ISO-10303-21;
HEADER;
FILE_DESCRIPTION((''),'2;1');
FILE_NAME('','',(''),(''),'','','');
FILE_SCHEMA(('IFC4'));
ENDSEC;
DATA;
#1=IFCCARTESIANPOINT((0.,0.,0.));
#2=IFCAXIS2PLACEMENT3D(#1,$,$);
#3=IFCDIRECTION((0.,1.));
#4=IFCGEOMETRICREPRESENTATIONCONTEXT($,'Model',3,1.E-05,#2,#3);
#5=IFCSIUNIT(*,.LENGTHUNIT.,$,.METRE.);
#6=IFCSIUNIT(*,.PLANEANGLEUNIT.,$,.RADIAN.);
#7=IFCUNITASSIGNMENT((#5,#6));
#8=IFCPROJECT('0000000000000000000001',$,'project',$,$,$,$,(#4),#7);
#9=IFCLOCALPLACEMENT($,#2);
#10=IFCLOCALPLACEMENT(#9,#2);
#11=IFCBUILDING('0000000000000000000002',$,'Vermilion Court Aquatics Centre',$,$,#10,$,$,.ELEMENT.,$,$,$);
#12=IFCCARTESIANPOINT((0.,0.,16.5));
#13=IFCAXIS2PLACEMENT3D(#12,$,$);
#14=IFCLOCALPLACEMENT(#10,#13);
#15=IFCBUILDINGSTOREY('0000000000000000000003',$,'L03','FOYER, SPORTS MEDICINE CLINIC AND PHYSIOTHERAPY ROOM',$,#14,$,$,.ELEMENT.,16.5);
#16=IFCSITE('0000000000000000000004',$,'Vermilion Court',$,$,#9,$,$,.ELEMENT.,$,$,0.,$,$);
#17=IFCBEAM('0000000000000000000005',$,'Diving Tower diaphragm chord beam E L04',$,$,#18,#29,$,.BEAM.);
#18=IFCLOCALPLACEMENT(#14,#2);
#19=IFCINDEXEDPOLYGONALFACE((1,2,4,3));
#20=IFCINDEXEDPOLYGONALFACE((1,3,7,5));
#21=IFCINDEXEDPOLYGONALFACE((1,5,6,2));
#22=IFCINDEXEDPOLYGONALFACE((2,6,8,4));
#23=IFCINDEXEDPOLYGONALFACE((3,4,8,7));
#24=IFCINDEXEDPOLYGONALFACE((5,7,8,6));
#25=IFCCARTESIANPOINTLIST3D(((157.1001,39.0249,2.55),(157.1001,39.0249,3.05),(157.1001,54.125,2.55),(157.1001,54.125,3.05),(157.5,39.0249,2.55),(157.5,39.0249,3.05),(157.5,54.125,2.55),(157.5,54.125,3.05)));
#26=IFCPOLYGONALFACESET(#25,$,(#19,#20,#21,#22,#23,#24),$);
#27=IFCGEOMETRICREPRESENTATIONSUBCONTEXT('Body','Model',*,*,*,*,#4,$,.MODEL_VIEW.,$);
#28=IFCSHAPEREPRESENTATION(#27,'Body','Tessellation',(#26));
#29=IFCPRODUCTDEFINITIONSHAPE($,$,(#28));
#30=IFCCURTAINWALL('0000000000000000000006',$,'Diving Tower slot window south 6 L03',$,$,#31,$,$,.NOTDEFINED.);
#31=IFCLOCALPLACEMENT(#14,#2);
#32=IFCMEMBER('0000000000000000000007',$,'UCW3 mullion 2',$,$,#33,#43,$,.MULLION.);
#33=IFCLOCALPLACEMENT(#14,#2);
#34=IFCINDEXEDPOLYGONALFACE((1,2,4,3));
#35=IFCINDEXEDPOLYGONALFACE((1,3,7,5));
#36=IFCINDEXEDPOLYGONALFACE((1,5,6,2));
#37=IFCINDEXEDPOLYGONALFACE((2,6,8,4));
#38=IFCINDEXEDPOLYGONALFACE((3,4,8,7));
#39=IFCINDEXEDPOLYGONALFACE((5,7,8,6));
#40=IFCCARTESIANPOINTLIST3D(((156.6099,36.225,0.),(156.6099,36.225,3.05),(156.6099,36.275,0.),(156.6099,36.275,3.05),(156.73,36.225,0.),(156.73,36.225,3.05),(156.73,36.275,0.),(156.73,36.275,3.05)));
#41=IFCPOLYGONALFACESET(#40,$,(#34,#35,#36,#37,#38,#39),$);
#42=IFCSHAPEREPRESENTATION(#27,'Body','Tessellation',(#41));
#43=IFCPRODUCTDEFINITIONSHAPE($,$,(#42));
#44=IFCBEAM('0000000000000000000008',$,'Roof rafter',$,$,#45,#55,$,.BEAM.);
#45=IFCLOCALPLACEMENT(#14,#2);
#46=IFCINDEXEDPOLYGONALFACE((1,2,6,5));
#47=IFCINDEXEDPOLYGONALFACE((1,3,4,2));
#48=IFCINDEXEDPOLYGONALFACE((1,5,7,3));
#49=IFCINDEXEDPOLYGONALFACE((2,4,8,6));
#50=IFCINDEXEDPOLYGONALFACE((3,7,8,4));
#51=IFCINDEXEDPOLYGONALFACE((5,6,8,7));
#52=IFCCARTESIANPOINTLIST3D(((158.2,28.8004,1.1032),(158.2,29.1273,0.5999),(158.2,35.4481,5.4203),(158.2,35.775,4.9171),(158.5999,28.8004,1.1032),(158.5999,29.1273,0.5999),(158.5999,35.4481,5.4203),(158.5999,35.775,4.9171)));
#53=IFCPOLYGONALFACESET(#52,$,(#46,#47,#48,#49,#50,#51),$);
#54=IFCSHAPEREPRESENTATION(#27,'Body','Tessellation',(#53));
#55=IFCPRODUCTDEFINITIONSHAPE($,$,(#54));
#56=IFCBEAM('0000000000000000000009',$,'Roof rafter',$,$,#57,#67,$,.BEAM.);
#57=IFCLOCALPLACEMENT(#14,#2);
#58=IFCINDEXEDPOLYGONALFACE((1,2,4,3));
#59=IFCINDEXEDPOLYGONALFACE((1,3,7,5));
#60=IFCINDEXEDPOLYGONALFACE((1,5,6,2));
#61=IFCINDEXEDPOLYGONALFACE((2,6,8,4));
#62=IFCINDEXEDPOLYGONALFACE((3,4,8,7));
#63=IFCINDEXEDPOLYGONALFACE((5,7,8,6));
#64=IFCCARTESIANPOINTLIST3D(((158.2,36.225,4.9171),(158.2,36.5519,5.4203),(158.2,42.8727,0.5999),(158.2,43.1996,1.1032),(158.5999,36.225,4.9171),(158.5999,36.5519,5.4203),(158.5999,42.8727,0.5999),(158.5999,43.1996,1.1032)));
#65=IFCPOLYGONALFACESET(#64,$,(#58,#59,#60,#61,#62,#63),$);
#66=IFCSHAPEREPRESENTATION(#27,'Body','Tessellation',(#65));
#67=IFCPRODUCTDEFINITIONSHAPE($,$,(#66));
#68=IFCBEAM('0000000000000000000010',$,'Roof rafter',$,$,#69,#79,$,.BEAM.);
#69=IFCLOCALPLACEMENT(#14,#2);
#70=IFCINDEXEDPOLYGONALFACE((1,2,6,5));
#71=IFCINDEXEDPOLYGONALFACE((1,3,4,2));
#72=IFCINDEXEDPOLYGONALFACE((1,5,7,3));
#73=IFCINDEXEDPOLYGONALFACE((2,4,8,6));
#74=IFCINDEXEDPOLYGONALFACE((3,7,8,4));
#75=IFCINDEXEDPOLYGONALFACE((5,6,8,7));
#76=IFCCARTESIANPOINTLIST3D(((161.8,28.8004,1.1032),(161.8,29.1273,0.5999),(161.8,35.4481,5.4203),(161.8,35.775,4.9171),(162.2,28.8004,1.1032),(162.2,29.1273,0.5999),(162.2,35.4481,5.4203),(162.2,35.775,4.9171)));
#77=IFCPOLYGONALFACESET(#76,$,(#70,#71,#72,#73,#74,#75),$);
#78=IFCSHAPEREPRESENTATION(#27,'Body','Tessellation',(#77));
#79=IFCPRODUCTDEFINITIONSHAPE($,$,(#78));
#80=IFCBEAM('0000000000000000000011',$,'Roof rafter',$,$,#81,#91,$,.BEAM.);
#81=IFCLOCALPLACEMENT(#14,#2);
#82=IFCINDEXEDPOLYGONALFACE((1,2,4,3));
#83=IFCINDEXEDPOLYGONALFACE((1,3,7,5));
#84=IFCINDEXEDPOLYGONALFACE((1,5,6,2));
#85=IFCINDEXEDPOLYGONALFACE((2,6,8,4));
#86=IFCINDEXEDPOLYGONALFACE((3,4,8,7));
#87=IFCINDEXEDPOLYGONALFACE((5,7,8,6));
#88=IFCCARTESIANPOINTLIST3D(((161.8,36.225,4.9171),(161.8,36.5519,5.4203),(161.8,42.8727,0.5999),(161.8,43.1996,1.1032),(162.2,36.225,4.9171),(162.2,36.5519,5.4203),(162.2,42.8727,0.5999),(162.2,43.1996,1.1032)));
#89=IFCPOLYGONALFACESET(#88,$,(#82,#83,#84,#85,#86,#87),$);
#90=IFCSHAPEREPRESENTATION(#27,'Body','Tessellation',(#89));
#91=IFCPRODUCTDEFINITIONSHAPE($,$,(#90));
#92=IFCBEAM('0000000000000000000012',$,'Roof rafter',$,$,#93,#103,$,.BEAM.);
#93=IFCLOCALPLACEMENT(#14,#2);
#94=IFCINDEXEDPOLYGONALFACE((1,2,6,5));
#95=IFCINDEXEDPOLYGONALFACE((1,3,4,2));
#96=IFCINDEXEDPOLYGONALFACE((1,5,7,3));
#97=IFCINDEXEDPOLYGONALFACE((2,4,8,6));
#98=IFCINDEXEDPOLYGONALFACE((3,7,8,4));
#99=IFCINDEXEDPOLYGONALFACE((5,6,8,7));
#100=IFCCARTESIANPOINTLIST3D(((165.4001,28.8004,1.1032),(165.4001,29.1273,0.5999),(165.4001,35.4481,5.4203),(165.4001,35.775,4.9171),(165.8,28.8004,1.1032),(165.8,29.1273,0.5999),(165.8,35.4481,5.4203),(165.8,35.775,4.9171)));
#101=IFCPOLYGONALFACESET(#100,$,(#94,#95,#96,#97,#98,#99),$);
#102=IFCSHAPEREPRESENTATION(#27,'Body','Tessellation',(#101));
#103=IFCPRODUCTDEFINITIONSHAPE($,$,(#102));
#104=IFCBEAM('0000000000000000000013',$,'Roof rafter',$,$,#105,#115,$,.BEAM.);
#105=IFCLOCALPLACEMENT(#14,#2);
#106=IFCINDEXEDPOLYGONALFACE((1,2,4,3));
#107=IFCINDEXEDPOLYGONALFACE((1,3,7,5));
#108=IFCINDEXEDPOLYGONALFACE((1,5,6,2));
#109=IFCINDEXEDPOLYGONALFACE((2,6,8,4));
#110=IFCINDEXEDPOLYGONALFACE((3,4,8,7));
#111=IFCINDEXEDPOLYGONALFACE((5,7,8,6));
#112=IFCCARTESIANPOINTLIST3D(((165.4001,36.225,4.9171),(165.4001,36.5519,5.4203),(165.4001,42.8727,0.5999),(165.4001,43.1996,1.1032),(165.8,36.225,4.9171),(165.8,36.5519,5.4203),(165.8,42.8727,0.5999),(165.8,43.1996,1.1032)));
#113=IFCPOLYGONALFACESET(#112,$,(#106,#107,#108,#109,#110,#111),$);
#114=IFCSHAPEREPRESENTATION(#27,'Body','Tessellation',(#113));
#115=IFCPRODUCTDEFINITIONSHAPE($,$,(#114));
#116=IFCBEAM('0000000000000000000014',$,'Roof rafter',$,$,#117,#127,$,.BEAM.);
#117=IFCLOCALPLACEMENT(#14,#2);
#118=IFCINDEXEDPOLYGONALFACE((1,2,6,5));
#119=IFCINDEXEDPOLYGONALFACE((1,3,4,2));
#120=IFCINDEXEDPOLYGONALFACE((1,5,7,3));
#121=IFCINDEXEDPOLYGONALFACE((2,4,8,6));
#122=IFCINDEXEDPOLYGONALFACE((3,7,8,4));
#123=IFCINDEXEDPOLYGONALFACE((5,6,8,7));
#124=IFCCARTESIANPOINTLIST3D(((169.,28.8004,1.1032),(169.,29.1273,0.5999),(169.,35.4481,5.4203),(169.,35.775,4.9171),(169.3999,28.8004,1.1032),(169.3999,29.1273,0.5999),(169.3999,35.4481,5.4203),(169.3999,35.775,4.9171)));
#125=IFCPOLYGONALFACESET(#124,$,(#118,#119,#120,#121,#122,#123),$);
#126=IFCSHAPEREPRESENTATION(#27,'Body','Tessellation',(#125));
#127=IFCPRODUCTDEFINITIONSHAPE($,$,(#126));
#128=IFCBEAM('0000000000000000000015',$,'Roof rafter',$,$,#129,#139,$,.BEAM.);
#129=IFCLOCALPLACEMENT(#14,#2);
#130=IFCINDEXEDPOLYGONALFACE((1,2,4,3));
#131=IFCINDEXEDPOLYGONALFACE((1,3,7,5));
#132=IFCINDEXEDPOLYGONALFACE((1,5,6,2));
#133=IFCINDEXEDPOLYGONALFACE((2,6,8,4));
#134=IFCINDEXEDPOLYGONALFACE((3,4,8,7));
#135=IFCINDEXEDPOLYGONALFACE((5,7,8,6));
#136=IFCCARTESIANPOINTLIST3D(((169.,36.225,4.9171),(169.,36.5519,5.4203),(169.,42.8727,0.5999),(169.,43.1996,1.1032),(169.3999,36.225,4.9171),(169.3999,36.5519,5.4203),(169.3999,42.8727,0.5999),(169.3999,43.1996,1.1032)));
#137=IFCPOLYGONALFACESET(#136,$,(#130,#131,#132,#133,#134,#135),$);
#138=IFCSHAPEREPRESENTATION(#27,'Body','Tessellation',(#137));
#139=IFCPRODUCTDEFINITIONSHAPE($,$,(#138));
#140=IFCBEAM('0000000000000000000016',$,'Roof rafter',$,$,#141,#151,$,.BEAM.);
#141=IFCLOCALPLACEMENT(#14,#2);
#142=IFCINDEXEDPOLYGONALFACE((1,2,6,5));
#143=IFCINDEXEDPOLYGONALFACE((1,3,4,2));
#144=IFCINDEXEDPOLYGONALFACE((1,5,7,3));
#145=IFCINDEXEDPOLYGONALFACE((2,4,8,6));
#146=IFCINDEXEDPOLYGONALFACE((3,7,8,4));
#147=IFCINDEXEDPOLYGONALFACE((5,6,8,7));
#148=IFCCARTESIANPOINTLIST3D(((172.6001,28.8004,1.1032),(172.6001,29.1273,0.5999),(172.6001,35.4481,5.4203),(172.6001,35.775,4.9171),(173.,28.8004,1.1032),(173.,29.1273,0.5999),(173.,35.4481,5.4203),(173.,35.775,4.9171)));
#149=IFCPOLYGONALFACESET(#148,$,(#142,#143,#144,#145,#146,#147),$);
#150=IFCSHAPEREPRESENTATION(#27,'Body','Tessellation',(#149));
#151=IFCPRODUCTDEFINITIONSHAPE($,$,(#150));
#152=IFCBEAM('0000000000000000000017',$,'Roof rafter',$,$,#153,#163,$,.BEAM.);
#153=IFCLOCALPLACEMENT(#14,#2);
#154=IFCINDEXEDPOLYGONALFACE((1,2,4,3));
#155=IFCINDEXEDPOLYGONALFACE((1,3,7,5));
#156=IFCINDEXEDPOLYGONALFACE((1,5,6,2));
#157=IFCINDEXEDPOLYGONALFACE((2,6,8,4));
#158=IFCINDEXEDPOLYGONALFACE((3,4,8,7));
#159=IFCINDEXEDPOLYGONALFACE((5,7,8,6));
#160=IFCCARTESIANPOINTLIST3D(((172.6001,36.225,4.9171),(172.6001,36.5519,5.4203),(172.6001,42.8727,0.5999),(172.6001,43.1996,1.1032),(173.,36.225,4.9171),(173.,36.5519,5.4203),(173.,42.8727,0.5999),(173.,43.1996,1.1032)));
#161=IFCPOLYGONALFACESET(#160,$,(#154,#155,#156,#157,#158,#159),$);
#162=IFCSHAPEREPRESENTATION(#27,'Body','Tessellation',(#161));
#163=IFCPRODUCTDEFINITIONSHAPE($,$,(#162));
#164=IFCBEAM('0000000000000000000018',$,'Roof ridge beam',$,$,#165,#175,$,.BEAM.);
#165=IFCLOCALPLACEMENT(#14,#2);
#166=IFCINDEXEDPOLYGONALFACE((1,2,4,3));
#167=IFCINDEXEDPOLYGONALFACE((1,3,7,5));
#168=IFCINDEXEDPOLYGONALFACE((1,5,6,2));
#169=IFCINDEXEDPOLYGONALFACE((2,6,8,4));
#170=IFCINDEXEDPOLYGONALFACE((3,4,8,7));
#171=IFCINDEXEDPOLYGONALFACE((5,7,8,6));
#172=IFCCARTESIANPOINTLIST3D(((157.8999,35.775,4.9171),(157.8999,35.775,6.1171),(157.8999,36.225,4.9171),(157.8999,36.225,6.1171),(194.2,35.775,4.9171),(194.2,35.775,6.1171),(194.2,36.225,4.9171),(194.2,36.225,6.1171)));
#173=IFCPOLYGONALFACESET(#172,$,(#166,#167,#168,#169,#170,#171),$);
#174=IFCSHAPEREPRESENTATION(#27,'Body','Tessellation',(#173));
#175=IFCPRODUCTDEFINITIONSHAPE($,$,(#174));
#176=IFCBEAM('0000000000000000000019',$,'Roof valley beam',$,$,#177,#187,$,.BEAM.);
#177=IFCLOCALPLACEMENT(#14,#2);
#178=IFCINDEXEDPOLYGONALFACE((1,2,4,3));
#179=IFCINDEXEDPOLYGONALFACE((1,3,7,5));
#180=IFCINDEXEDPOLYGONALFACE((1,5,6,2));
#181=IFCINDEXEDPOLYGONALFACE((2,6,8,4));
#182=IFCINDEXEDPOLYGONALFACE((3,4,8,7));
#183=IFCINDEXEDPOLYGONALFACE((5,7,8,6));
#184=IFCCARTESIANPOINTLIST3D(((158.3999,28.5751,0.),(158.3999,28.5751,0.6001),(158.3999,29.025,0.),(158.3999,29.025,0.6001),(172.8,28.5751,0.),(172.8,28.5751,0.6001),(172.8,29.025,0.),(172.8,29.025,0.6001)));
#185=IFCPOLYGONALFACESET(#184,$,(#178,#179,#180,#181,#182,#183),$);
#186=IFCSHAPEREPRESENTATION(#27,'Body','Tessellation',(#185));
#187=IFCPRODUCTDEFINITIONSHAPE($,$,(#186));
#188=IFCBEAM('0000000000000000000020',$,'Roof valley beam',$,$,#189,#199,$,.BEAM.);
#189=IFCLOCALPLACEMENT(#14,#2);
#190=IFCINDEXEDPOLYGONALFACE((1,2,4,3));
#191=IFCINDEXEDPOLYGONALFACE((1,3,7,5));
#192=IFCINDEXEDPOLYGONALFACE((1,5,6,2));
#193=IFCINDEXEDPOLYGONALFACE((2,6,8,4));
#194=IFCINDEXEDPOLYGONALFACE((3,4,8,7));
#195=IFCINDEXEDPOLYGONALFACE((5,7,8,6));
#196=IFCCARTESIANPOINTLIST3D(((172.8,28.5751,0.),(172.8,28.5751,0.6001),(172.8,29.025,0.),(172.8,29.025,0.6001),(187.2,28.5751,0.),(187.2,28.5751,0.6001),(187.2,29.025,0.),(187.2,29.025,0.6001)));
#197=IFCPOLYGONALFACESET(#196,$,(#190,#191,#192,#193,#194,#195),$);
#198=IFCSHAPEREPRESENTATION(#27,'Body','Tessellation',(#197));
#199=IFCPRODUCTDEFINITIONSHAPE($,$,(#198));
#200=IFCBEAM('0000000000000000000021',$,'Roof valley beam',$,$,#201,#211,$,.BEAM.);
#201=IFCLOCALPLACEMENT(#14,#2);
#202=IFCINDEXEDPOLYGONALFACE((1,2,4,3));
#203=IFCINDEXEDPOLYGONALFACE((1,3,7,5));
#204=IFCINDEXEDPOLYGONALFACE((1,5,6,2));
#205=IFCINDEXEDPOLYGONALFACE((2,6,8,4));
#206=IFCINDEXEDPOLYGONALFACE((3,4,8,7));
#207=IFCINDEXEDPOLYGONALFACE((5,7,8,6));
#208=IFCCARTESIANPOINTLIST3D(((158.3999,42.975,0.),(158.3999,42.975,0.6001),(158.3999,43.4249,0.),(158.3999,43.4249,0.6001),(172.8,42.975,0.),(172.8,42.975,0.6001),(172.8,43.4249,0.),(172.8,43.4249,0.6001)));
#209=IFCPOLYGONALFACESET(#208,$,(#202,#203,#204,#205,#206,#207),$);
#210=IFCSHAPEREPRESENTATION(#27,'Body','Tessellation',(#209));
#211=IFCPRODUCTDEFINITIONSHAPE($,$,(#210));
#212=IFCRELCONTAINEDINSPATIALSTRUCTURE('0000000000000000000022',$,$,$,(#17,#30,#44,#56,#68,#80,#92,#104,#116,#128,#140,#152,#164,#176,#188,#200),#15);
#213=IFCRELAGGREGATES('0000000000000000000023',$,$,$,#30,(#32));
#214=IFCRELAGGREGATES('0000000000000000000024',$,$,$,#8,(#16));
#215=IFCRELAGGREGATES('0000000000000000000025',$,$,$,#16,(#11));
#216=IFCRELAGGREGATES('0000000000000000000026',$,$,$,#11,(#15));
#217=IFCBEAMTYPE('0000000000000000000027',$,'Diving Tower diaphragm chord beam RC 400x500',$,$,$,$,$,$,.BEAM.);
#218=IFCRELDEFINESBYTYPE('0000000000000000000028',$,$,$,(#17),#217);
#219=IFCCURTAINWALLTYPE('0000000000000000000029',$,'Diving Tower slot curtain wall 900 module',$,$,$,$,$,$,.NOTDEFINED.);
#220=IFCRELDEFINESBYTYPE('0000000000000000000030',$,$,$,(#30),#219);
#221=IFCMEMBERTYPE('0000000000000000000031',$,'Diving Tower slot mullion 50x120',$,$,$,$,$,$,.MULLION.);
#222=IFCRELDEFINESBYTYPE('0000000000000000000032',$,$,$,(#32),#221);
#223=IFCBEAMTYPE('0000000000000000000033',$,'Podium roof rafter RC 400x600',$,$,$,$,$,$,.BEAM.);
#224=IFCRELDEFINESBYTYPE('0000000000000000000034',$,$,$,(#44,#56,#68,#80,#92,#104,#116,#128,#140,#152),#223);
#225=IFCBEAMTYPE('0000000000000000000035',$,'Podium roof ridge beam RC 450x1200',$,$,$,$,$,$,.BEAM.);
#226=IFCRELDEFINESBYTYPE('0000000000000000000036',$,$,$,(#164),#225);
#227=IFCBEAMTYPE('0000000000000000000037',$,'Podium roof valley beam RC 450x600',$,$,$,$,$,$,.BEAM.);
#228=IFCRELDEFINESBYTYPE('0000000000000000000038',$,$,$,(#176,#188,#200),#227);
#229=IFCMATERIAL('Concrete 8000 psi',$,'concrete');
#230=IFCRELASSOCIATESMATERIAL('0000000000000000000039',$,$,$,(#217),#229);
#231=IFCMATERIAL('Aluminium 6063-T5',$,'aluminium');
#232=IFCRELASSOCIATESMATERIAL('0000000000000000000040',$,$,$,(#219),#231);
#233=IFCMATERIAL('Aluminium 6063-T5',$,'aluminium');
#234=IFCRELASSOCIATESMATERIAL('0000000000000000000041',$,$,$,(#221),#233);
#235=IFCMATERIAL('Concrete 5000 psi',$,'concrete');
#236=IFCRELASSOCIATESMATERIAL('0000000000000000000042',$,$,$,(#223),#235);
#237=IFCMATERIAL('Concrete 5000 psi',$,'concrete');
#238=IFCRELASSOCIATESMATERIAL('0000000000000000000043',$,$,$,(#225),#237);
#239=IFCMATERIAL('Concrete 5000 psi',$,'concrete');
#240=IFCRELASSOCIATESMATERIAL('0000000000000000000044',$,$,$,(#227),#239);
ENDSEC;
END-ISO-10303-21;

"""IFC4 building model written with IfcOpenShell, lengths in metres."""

from ifc_helpers import new_model, si_unit, direction, frame, origin, origin_2d, place, context, subcontext, project, spatial, rectangle, extrude, material, material_profile, profile_set, type_object, element, aggregate, save


model = new_model("IFC4")

# Units and contexts
model_context = context("Model", 3, precision=1e-05, world=origin(), true_north=direction((0.0, 1.0)))
body_context = subcontext(model_context, "Body", "Model", "MODEL_VIEW")
ifc_project = project(units=[si_unit("LENGTHUNIT", "METRE"), si_unit("PLANEANGLEUNIT", "RADIAN")], contexts=[model_context])

# Site, building, storey
site_placement = place(None, origin())
site = spatial("IfcSite", under=ifc_project, at=site_placement, Name="Vermilion Court", CompositionType="ELEMENT", RefElevation=0.0)
building_placement = place(site_placement, origin())
building = spatial("IfcBuilding", under=site, at=building_placement, Name="Vermilion Court Aquatics Centre", CompositionType="ELEMENT")
storey_placement = place(building_placement, frame((0.0, 0.0, 16.5)))
storey = spatial("IfcBuildingStorey", under=building, at=storey_placement, Name="L03", Description="FOYER, SPORTS MEDICINE CLINIC AND PHYSIOTHERAPY ROOM", CompositionType="ELEMENT", Elevation=16.5)

# Beam
ifc_material_1 = material(Name="Concrete 8000 psi", Category="concrete")
ifc_material_profile_1 = material_profile(ifc_material_1, rectangle(XDim=0.3999, YDim=0.5, at=origin_2d()), Name="RC 400x500")
ifc_profile_set_1 = profile_set([ifc_material_profile_1], Name="Concrete 8000 psi")
beam_type_1 = type_object("IfcBeamType", Name="Diving Tower diaphragm chord beam RC 400x500", PredefinedType="BEAM", material=ifc_profile_set_1)
beam_1_placement = place(storey_placement, frame((157.3, 39.0249, 2.8), z_axis=(0.0, 1.0, 0.0), x_axis=(-1.0, 0.0, 0.0)))
element("IfcBeam", 1, at=beam_1_placement, inside=storey, type_object=beam_type_1, Name="Diving Tower diaphragm chord beam E L04", PredefinedType="BEAM", context=body_context, shape_type="SweptSolid", body=[
    extrude(rectangle(XDim=0.3999, YDim=0.5, at=origin_2d()), origin(), (0.0, 0.0, 1.0), 15.1001),
])

# Curtain wall, member
ifc_material_2 = material(Name="Aluminium 6063-T5", Category="aluminium")
curtain_wall_type = type_object("IfcCurtainWallType", Name="Diving Tower slot curtain wall 900 module", PredefinedType="NOTDEFINED", material=ifc_material_2)
curtain_wall_placement = place(storey_placement, origin())
curtain_wall = element("IfcCurtainWall", 2, at=curtain_wall_placement, inside=storey, type_object=curtain_wall_type, Name="Diving Tower slot window south 6 L03", PredefinedType="NOTDEFINED")
ifc_material_3 = material(Name="Aluminium 6063-T5", Category="aluminium")
ifc_material_profile_2 = material_profile(ifc_material_3, rectangle(XDim=0.05, YDim=0.1201, at=origin_2d()), Name="AL 50x120")
ifc_profile_set_2 = profile_set([ifc_material_profile_2], Name="Aluminium 6063-T5")
member_type = type_object("IfcMemberType", Name="Diving Tower slot mullion 50x120", PredefinedType="MULLION", material=ifc_profile_set_2)
member_placement = place(storey_placement, frame((156.6699, 36.25, 0.0), z_axis=(0.0, 0.0, 1.0), x_axis=(0.0, 1.0, 0.0)))
member = element("IfcMember", 3, at=member_placement, type_object=member_type, Name="UCW3 mullion 2", PredefinedType="MULLION", context=body_context, shape_type="SweptSolid", body=[
    extrude(rectangle(XDim=0.05, YDim=0.1201, at=origin_2d()), origin(), (0.0, 0.0, 1.0), 3.05),
])

# Beams
ifc_material_4 = material(Name="Concrete 5000 psi", Category="concrete")
ifc_material_profile_3 = material_profile(ifc_material_4, rectangle(XDim=0.3999, YDim=0.6001, at=origin_2d()), Name="RC 400x600")
ifc_profile_set_3 = profile_set([ifc_material_profile_3], Name="Concrete 5000 psi")
beam_type_2 = type_object("IfcBeamType", Name="Podium roof rafter RC 400x600", PredefinedType="BEAM", material=ifc_profile_set_3)
for number, where, z_axis, x_axis, name in (
    (4, (158.3999, 28.9639, 0.8516), (0.0, 0.838667, 0.544645), (-1.0, 0.0, 0.0), "Roof rafter"),
    (5, (158.3999, 43.0361, 0.8516), (0.0, -0.838667, 0.544645), (1.0, 0.0, 0.0), "Roof rafter"),
    (6, (162.0, 28.9639, 0.8516), (0.0, 0.838667, 0.544645), (-1.0, 0.0, 0.0), "Roof rafter"),
    (7, (162.0, 43.0361, 0.8516), (0.0, -0.838667, 0.544645), (1.0, 0.0, 0.0), "Roof rafter"),
    (8, (165.6001, 28.9639, 0.8516), (0.0, 0.838667, 0.544645), (-1.0, 0.0, 0.0), "Roof rafter"),
    (9, (165.6001, 43.0361, 0.8516), (0.0, -0.838667, 0.544645), (1.0, 0.0, 0.0), "Roof rafter"),
    (10, (169.2, 28.9639, 0.8516), (0.0, 0.838667, 0.544645), (-1.0, 0.0, 0.0), "Roof rafter"),
    (11, (169.2, 43.0361, 0.8516), (0.0, -0.838667, 0.544645), (1.0, 0.0, 0.0), "Roof rafter"),
    (12, (172.8, 28.9639, 0.8516), (0.0, 0.838667, 0.544645), (-1.0, 0.0, 0.0), "Roof rafter"),
    (13, (172.8, 43.0361, 0.8516), (0.0, -0.838667, 0.544645), (1.0, 0.0, 0.0), "Roof rafter"),
):
    element("IfcBeam", number, at=place(storey_placement, frame(where, z_axis=z_axis, x_axis=x_axis)), inside=storey, type_object=beam_type_2, Name=name, PredefinedType="BEAM", context=body_context, shape_type="SweptSolid", body=[
        extrude(rectangle(XDim=0.3999, YDim=0.6001, at=origin_2d()), origin(), (0.0, 0.0, 1.0), 7.9265),
    ])
ifc_material_5 = material(Name="Concrete 5000 psi", Category="concrete")
ifc_material_profile_4 = material_profile(ifc_material_5, rectangle(XDim=0.45, YDim=1.2, at=origin_2d()), Name="RC 450x1200")
ifc_profile_set_4 = profile_set([ifc_material_profile_4], Name="Concrete 5000 psi")
beam_type_3 = type_object("IfcBeamType", Name="Podium roof ridge beam RC 450x1200", PredefinedType="BEAM", material=ifc_profile_set_4)
beam_2_placement = place(storey_placement, frame((157.8999, 36.0, 5.5171), z_axis=(1.0, 0.0, 0.0), x_axis=(0.0, 1.0, 0.0)))
element("IfcBeam", 14, at=beam_2_placement, inside=storey, type_object=beam_type_3, Name="Roof ridge beam", PredefinedType="BEAM", context=body_context, shape_type="SweptSolid", body=[
    extrude(rectangle(XDim=0.45, YDim=1.2, at=origin_2d()), origin(), (0.0, 0.0, 1.0), 36.3),
])
ifc_material_6 = material(Name="Concrete 5000 psi", Category="concrete")
ifc_material_profile_5 = material_profile(ifc_material_6, rectangle(XDim=0.45, YDim=0.6001, at=origin_2d()), Name="RC 450x600")
ifc_profile_set_5 = profile_set([ifc_material_profile_5], Name="Concrete 5000 psi")
beam_type_4 = type_object("IfcBeamType", Name="Podium roof valley beam RC 450x600", PredefinedType="BEAM", material=ifc_profile_set_5)
beam_3_placement = place(storey_placement, frame((158.3999, 28.8, 0.3), z_axis=(1.0, 0.0, 0.0), x_axis=(0.0, 1.0, 0.0)))
element("IfcBeam", 15, at=beam_3_placement, inside=storey, type_object=beam_type_4, Name="Roof valley beam", PredefinedType="BEAM", context=body_context, shape_type="SweptSolid", body=[
    extrude(rectangle(XDim=0.45, YDim=0.6001, at=origin_2d()), origin(), (0.0, 0.0, 1.0), 14.4001),
])
beam_4_placement = place(storey_placement, frame((172.8, 28.8, 0.3), z_axis=(1.0, 0.0, 0.0), x_axis=(0.0, 1.0, 0.0)))
element("IfcBeam", 16, at=beam_4_placement, inside=storey, type_object=beam_type_4, Name="Roof valley beam", PredefinedType="BEAM", context=body_context, shape_type="SweptSolid", body=[
    extrude(rectangle(XDim=0.45, YDim=0.6001, at=origin_2d()), origin(), (0.0, 0.0, 1.0), 14.3999),
])
beam_5_placement = place(storey_placement, frame((158.3999, 43.2, 0.3), z_axis=(1.0, 0.0, 0.0), x_axis=(0.0, 1.0, 0.0)))
element("IfcBeam", 17, at=beam_5_placement, inside=storey, type_object=beam_type_4, Name="Roof valley beam", PredefinedType="BEAM", context=body_context, shape_type="SweptSolid", body=[
    extrude(rectangle(XDim=0.45, YDim=0.6001, at=origin_2d()), origin(), (0.0, 0.0, 1.0), 14.4001),
])

aggregate(curtain_wall, [member])

save(model, "model.ifc")
